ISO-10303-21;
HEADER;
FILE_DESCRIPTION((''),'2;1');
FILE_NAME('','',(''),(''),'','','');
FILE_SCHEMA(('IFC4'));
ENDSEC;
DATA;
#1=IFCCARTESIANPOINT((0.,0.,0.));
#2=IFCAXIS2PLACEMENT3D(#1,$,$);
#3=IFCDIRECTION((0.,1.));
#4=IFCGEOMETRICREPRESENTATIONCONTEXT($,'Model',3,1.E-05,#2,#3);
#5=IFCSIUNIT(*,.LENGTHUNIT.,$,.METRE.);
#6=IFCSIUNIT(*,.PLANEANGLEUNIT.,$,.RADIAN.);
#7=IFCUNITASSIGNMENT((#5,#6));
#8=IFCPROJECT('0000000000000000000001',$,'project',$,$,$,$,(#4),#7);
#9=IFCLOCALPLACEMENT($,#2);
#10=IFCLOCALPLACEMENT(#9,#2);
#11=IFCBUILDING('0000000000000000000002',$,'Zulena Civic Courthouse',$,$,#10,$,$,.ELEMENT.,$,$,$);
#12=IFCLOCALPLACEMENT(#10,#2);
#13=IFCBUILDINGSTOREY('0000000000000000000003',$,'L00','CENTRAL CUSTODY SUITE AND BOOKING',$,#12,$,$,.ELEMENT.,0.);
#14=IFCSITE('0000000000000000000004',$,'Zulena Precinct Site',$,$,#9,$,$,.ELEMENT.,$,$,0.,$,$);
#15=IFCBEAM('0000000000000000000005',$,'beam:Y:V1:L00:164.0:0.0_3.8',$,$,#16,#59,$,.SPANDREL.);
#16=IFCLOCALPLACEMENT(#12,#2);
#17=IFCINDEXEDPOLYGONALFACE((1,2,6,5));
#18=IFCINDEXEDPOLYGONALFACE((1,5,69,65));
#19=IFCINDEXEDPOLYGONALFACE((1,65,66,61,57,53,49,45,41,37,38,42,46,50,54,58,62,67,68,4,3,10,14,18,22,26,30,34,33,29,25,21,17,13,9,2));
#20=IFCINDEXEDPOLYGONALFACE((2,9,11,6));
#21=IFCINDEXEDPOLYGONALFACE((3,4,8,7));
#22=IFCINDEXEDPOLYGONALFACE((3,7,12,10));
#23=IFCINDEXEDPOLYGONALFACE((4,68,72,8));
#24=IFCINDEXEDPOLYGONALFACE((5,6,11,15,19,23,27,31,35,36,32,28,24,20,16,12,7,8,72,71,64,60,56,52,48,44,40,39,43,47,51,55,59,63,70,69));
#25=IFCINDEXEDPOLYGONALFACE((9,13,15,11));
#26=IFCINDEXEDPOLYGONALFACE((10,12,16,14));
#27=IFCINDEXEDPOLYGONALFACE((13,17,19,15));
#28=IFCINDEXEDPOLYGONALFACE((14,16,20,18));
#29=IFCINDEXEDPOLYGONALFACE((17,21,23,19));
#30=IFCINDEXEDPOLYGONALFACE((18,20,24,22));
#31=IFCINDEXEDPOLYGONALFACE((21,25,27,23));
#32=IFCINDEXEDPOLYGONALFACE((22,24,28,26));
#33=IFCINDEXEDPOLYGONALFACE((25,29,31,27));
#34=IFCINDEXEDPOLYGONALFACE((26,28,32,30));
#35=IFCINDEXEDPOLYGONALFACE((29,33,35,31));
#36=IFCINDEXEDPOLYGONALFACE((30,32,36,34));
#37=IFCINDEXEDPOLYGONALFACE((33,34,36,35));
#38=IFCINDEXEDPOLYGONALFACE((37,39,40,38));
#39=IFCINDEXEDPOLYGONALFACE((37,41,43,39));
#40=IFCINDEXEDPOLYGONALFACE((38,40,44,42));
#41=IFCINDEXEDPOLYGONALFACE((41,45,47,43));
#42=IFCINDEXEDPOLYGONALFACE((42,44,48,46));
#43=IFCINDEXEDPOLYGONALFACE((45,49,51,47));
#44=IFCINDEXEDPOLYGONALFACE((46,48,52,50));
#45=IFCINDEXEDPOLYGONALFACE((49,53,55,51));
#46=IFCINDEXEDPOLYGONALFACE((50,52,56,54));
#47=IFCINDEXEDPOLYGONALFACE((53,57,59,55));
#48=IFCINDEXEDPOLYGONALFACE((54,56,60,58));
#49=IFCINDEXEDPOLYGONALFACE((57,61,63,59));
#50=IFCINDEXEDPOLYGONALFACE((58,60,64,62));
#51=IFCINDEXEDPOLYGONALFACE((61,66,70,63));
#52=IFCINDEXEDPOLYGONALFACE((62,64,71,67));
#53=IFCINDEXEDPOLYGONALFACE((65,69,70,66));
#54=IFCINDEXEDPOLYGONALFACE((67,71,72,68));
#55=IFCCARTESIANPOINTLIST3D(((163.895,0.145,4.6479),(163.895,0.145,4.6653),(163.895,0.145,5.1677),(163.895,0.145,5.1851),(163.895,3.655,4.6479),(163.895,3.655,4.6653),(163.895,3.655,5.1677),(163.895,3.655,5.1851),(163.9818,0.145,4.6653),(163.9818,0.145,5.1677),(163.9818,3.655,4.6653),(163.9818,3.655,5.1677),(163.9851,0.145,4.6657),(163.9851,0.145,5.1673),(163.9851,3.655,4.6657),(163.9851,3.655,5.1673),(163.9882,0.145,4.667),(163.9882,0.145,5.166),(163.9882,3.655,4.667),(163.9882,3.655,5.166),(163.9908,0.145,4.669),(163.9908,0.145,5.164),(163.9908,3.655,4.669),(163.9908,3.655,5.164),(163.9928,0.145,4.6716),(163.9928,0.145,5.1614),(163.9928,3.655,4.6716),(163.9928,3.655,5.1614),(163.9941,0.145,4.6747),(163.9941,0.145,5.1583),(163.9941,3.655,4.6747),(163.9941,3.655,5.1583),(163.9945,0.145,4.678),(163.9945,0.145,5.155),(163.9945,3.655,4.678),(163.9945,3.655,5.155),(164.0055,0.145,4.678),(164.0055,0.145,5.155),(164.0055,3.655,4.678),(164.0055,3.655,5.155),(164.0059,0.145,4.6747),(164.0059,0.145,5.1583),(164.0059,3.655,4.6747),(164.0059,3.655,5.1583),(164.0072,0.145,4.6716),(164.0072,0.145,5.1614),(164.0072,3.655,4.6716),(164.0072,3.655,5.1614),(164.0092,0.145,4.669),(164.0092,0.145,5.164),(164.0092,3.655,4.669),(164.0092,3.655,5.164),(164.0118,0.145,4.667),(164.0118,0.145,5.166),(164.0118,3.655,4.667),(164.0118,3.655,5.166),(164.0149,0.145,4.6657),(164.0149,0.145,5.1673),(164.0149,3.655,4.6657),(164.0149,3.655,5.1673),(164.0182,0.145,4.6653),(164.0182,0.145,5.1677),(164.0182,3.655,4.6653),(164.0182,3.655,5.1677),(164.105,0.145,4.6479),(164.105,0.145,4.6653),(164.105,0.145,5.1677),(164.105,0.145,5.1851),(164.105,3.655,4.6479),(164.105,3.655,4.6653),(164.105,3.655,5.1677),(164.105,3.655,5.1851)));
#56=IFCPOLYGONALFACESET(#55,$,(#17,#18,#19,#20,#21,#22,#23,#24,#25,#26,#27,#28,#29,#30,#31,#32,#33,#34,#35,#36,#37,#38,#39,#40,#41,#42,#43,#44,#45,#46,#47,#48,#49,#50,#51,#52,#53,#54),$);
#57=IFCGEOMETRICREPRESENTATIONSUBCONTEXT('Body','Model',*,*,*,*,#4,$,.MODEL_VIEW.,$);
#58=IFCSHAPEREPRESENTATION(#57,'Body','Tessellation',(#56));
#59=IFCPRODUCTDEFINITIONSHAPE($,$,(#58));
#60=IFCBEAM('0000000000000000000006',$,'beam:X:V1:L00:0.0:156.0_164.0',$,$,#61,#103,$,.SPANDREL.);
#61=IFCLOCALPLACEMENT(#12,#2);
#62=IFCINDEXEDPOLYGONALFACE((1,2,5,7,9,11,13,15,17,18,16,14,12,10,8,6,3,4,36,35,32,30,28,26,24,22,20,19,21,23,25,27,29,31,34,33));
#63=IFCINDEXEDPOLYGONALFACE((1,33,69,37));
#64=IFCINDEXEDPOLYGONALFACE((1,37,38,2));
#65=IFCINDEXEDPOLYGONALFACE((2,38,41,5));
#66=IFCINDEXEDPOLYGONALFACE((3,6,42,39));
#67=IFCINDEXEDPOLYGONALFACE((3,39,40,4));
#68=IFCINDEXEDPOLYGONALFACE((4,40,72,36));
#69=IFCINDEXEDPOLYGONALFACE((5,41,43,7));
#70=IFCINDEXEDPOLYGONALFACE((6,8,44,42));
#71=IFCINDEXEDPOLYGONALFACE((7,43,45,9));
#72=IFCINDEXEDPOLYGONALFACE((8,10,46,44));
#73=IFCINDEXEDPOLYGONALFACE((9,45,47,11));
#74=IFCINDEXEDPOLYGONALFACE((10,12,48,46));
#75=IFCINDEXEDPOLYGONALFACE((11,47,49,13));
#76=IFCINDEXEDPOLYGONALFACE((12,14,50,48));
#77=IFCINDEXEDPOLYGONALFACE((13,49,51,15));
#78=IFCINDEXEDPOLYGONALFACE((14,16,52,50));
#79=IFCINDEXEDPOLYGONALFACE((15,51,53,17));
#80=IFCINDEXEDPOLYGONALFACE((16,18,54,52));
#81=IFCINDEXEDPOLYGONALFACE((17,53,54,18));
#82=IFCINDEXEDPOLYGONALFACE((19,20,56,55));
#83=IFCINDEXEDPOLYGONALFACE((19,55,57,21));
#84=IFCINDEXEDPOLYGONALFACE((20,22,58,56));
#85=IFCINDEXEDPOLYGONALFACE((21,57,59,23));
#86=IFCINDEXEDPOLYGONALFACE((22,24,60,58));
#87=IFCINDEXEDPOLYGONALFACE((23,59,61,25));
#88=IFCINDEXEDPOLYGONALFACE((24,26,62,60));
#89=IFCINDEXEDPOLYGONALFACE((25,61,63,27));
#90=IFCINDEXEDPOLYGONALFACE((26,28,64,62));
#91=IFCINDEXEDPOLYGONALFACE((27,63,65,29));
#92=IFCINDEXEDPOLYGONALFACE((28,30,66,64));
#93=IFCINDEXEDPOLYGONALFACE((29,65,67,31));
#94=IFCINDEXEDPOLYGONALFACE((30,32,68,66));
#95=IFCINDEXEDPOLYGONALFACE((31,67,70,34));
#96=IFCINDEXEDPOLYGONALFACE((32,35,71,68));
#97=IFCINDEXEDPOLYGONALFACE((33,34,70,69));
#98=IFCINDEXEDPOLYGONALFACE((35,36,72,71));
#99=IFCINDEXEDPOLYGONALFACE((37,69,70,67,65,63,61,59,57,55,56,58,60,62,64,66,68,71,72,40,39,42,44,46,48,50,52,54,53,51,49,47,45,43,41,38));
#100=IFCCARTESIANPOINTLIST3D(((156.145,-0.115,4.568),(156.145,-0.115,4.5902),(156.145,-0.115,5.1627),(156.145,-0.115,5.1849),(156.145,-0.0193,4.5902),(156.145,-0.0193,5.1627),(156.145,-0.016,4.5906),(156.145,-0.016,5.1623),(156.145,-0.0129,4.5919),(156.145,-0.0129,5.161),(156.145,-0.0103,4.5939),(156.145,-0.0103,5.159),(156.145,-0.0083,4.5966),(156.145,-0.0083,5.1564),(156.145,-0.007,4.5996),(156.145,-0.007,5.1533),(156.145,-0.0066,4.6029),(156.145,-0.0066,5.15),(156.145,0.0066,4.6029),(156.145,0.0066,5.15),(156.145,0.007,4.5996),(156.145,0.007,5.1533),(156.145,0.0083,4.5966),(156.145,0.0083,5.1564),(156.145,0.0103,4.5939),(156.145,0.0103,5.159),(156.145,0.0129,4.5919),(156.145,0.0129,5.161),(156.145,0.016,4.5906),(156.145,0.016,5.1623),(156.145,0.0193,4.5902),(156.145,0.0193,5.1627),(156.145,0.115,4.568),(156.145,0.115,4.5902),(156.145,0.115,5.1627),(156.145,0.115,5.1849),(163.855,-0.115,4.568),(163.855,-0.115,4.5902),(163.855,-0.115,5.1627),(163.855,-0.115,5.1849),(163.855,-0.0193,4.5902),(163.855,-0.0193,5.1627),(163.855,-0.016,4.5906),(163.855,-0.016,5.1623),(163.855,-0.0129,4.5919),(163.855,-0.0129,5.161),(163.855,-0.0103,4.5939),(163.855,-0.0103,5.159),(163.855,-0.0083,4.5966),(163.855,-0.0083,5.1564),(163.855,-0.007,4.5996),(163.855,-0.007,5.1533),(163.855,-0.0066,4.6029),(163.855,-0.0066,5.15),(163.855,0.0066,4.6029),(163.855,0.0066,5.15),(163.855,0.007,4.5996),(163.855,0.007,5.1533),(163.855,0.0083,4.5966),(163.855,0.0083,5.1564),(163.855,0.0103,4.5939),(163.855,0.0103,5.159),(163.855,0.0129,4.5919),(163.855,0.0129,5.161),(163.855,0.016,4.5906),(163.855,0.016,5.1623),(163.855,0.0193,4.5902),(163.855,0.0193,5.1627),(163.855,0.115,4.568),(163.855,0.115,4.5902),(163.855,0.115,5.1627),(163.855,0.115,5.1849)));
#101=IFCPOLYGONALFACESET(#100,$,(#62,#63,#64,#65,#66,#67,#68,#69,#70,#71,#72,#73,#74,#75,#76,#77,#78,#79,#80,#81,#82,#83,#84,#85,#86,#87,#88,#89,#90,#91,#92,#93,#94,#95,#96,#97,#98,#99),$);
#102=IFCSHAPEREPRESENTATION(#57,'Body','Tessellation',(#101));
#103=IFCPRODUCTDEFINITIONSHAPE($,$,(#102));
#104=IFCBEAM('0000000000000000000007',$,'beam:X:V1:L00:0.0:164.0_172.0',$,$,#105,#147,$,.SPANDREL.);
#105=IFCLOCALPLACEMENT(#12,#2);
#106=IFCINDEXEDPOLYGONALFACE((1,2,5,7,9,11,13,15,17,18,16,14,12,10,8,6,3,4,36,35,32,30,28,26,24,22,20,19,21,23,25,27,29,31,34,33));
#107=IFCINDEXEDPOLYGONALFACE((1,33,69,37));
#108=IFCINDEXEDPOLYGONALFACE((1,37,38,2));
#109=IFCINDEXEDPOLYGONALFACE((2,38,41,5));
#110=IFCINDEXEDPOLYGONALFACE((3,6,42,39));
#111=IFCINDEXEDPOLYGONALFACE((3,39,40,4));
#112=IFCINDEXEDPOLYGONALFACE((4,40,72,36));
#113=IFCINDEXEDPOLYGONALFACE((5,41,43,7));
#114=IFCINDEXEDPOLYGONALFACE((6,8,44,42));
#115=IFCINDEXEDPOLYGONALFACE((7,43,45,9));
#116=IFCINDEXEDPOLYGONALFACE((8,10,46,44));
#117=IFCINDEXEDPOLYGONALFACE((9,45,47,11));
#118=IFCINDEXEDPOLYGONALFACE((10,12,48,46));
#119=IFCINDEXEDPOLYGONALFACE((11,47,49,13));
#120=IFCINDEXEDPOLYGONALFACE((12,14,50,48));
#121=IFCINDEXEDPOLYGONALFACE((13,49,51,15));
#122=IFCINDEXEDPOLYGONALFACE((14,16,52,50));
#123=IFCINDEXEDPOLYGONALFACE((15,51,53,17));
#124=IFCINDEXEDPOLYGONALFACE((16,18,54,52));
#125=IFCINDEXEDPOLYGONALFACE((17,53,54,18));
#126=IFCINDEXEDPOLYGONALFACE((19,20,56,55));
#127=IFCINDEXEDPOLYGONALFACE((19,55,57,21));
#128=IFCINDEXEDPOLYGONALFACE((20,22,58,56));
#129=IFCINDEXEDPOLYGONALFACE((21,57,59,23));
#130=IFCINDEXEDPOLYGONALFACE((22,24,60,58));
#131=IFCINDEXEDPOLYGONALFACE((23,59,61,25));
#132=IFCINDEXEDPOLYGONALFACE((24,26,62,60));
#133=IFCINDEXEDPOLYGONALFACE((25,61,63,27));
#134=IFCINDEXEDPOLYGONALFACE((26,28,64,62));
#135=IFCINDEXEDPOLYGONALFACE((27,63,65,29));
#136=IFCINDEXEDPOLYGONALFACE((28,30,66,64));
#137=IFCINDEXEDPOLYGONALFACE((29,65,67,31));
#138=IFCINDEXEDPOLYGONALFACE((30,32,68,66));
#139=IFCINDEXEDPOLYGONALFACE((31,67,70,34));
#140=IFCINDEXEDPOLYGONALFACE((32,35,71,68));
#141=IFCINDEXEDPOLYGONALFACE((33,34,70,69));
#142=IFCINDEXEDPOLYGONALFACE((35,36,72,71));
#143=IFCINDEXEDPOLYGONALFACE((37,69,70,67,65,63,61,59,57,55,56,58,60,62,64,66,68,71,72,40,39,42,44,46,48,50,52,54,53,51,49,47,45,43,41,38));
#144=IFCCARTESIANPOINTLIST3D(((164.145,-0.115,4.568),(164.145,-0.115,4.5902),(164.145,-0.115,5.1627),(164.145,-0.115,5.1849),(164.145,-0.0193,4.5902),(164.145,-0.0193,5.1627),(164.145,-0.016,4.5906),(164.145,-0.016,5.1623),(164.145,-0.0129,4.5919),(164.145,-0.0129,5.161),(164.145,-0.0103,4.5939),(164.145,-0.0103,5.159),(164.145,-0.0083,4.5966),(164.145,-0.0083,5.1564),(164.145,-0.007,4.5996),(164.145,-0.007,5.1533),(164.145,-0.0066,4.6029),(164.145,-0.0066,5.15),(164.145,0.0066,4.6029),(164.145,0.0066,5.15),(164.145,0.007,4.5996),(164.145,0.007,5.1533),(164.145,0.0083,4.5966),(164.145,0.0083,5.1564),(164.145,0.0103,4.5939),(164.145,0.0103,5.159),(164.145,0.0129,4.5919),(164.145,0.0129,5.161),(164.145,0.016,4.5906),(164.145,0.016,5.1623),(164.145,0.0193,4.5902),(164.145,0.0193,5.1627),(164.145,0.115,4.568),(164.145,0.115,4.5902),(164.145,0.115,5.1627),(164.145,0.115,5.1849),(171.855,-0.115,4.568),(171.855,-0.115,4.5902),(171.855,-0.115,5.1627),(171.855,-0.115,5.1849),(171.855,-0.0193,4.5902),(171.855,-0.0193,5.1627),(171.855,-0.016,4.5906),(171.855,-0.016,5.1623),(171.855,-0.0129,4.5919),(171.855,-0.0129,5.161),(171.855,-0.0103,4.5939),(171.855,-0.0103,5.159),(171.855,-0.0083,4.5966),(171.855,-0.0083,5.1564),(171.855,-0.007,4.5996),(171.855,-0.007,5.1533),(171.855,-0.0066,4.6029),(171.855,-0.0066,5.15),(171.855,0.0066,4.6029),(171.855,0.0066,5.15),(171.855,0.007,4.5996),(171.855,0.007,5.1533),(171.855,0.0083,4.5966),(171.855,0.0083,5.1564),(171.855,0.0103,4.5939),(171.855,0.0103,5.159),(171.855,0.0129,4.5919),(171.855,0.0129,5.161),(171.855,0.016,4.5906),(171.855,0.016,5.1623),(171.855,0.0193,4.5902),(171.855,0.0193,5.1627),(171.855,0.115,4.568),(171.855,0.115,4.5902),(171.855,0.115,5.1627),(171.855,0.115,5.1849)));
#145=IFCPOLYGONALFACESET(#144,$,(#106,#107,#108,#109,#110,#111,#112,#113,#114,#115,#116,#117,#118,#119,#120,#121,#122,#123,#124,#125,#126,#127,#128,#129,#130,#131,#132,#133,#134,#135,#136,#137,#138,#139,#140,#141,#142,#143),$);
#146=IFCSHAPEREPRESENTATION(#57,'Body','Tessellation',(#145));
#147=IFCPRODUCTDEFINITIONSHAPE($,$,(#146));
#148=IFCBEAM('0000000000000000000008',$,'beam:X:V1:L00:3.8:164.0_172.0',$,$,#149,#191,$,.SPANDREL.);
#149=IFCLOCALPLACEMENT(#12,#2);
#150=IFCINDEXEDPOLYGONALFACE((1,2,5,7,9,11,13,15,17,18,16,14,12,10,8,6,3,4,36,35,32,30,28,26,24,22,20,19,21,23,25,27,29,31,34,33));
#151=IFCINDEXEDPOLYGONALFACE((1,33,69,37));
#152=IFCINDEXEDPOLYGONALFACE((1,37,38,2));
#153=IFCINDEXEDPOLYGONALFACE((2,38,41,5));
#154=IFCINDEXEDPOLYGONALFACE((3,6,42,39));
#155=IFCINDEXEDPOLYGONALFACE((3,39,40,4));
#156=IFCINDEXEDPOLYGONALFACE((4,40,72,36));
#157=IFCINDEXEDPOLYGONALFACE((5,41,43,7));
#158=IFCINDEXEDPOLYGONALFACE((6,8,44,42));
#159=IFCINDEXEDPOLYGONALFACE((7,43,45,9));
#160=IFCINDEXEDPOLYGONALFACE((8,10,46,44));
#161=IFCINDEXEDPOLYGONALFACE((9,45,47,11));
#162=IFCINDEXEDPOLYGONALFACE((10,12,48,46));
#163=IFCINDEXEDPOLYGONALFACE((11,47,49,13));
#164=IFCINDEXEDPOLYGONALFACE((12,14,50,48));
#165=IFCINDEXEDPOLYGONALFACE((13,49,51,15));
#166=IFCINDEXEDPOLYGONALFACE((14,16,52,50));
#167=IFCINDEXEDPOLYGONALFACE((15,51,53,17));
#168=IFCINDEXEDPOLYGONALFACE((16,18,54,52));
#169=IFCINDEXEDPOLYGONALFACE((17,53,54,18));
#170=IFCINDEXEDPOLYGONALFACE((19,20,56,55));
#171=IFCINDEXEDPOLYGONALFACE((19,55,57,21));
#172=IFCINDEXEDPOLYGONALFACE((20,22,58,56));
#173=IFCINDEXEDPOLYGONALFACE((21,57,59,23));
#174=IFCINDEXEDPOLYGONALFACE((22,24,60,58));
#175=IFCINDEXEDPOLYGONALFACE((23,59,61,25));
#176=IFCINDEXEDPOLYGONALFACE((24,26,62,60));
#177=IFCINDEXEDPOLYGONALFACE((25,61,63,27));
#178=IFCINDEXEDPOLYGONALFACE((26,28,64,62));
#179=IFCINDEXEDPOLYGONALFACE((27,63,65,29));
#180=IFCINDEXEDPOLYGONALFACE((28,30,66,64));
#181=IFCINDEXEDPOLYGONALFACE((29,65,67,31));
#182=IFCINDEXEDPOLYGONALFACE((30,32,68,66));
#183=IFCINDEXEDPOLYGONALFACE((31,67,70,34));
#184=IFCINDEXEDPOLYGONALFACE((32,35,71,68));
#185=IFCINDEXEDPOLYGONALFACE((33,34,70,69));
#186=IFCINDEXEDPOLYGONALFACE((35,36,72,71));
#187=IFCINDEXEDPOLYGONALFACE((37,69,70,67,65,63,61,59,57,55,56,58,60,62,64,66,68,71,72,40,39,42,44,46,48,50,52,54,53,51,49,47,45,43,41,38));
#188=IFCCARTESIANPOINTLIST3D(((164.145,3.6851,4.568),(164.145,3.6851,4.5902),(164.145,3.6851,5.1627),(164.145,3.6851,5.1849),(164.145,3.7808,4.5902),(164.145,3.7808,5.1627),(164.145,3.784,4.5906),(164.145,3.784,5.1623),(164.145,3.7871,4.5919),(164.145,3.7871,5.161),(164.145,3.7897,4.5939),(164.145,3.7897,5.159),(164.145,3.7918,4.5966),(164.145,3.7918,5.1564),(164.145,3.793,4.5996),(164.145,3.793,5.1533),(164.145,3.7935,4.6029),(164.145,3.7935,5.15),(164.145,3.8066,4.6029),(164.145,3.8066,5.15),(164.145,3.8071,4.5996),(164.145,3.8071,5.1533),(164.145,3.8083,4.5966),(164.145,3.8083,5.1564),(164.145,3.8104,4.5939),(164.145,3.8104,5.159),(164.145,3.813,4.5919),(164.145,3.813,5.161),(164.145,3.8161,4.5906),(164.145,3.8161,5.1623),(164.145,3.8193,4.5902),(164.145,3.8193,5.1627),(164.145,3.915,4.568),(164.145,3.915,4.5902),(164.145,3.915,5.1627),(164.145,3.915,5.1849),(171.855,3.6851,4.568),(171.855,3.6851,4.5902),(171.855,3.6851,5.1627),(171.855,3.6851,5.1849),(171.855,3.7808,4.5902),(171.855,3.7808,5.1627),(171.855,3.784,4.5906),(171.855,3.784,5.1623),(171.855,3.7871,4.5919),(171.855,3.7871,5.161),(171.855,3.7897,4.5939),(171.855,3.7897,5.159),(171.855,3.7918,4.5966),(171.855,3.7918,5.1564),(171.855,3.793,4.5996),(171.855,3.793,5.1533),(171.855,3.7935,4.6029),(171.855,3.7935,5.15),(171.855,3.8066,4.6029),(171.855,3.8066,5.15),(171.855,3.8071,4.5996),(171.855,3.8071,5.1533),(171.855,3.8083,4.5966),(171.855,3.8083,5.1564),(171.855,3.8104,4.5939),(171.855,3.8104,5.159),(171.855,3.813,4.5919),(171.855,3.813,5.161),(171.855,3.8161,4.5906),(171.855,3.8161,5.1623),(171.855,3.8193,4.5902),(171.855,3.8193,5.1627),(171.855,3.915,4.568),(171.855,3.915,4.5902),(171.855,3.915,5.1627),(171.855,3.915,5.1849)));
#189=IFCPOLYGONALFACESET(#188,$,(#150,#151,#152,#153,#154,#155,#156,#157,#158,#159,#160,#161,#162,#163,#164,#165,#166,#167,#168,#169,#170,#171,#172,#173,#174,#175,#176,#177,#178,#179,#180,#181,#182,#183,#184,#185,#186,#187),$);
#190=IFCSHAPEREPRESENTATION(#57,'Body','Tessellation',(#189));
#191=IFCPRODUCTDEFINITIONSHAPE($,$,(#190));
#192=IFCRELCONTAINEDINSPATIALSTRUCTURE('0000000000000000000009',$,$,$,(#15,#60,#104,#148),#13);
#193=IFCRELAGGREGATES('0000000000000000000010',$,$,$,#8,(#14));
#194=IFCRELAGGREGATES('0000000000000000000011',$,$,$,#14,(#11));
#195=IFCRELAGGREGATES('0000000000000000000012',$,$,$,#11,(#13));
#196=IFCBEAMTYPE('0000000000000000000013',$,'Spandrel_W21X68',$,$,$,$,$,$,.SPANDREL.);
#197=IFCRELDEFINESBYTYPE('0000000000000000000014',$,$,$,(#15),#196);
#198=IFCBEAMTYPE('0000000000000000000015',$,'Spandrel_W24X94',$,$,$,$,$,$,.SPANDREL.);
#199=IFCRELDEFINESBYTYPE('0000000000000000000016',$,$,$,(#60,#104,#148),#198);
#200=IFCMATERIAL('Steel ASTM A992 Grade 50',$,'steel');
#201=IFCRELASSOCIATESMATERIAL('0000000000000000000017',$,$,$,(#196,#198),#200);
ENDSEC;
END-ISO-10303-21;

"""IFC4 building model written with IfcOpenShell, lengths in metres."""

from ifc_helpers import new_model, si_unit, direction, frame, origin, origin_2d, place, context, subcontext, project, spatial, i_section, extrude, material, material_profile, profile_set, type_object, element, save


model = new_model("IFC4")

# Units and contexts
model_context = context("Model", 3, precision=1e-05, world=origin(), true_north=direction((0.0, 1.0)))
body_context = subcontext(model_context, "Body", "Model", "MODEL_VIEW")
ifc_project = project(units=[si_unit("LENGTHUNIT", "METRE"), si_unit("PLANEANGLEUNIT", "RADIAN")], contexts=[model_context])

# Site, building, storey
site_placement = place(None, origin())
site = spatial("IfcSite", under=ifc_project, at=site_placement, Name="Zulena Precinct Site", CompositionType="ELEMENT", RefElevation=0.0)
building_placement = place(site_placement, origin())
building = spatial("IfcBuilding", under=site, at=building_placement, Name="Zulena Civic Courthouse", CompositionType="ELEMENT")
storey_placement = place(building_placement, origin())
storey = spatial("IfcBuildingStorey", under=building, at=storey_placement, Name="L00", Description="CENTRAL CUSTODY SUITE AND BOOKING", CompositionType="ELEMENT", Elevation=0.0)

# Shared definitions
ifc_material_1 = material(Name="Steel ASTM A992 Grade 50", Category="steel")

# Beams
ifc_material_profile_1 = material_profile(ifc_material_1, i_section(OverallWidth=0.21, OverallDepth=0.5371, WebThickness=0.011, FlangeThickness=0.0173, FilletRadius=0.0127, at=origin_2d()), Name="W21X68")
ifc_profile_set_1 = profile_set([ifc_material_profile_1], Name="Steel ASTM A992 Grade 50")
beam_type_1 = type_object("IfcBeamType", Name="Spandrel_W21X68", PredefinedType="SPANDREL", material=ifc_profile_set_1)
beam_1_placement = place(storey_placement, frame((164.0, 0.145, 4.9165), z_axis=(0.0, 1.0, 0.0), x_axis=(-1.0, 0.0, 0.0)))
element("IfcBeam", 1, at=beam_1_placement, inside=storey, type_object=beam_type_1, Name="beam:Y:V1:L00:164.0:0.0_3.8", PredefinedType="SPANDREL", context=body_context, shape_type="SweptSolid", body=[
    extrude(i_section(OverallWidth=0.21, OverallDepth=0.5371, WebThickness=0.011, FlangeThickness=0.0173, FilletRadius=0.0127, at=origin_2d()), origin(), (0.0, 0.0, 1.0), 3.51),
])
ifc_material_profile_2 = material_profile(ifc_material_1, i_section(OverallWidth=0.23, OverallDepth=0.6169, WebThickness=0.0132, FlangeThickness=0.0222, FilletRadius=0.0127, at=origin_2d()), Name="W24X94")
ifc_profile_set_2 = profile_set([ifc_material_profile_2], Name="Steel ASTM A992 Grade 50")
beam_type_2 = type_object("IfcBeamType", Name="Spandrel_W24X94", PredefinedType="SPANDREL", material=ifc_profile_set_2)
for number, where, z_axis, x_axis, name in (
    (2, (156.145, 0.0, 4.8765), (1.0, 0.0, 0.0), (0.0, 1.0, 0.0), "beam:X:V1:L00:0.0:156.0_164.0"),
    (3, (164.145, 0.0, 4.8765), (1.0, 0.0, 0.0), (0.0, 1.0, 0.0), "beam:X:V1:L00:0.0:164.0_172.0"),
    (4, (164.145, 3.8, 4.8765), (1.0, 0.0, 0.0), (0.0, 1.0, 0.0), "beam:X:V1:L00:3.8:164.0_172.0"),
):
    element("IfcBeam", number, at=place(storey_placement, frame(where, z_axis=z_axis, x_axis=x_axis)), inside=storey, type_object=beam_type_2, Name=name, PredefinedType="SPANDREL", context=body_context, shape_type="SweptSolid", body=[
        extrude(i_section(OverallWidth=0.23, OverallDepth=0.6169, WebThickness=0.0132, FlangeThickness=0.0222, FilletRadius=0.0127, at=origin_2d()), origin(), (0.0, 0.0, 1.0), 7.71),
    ])

save(model, "model.ifc")
